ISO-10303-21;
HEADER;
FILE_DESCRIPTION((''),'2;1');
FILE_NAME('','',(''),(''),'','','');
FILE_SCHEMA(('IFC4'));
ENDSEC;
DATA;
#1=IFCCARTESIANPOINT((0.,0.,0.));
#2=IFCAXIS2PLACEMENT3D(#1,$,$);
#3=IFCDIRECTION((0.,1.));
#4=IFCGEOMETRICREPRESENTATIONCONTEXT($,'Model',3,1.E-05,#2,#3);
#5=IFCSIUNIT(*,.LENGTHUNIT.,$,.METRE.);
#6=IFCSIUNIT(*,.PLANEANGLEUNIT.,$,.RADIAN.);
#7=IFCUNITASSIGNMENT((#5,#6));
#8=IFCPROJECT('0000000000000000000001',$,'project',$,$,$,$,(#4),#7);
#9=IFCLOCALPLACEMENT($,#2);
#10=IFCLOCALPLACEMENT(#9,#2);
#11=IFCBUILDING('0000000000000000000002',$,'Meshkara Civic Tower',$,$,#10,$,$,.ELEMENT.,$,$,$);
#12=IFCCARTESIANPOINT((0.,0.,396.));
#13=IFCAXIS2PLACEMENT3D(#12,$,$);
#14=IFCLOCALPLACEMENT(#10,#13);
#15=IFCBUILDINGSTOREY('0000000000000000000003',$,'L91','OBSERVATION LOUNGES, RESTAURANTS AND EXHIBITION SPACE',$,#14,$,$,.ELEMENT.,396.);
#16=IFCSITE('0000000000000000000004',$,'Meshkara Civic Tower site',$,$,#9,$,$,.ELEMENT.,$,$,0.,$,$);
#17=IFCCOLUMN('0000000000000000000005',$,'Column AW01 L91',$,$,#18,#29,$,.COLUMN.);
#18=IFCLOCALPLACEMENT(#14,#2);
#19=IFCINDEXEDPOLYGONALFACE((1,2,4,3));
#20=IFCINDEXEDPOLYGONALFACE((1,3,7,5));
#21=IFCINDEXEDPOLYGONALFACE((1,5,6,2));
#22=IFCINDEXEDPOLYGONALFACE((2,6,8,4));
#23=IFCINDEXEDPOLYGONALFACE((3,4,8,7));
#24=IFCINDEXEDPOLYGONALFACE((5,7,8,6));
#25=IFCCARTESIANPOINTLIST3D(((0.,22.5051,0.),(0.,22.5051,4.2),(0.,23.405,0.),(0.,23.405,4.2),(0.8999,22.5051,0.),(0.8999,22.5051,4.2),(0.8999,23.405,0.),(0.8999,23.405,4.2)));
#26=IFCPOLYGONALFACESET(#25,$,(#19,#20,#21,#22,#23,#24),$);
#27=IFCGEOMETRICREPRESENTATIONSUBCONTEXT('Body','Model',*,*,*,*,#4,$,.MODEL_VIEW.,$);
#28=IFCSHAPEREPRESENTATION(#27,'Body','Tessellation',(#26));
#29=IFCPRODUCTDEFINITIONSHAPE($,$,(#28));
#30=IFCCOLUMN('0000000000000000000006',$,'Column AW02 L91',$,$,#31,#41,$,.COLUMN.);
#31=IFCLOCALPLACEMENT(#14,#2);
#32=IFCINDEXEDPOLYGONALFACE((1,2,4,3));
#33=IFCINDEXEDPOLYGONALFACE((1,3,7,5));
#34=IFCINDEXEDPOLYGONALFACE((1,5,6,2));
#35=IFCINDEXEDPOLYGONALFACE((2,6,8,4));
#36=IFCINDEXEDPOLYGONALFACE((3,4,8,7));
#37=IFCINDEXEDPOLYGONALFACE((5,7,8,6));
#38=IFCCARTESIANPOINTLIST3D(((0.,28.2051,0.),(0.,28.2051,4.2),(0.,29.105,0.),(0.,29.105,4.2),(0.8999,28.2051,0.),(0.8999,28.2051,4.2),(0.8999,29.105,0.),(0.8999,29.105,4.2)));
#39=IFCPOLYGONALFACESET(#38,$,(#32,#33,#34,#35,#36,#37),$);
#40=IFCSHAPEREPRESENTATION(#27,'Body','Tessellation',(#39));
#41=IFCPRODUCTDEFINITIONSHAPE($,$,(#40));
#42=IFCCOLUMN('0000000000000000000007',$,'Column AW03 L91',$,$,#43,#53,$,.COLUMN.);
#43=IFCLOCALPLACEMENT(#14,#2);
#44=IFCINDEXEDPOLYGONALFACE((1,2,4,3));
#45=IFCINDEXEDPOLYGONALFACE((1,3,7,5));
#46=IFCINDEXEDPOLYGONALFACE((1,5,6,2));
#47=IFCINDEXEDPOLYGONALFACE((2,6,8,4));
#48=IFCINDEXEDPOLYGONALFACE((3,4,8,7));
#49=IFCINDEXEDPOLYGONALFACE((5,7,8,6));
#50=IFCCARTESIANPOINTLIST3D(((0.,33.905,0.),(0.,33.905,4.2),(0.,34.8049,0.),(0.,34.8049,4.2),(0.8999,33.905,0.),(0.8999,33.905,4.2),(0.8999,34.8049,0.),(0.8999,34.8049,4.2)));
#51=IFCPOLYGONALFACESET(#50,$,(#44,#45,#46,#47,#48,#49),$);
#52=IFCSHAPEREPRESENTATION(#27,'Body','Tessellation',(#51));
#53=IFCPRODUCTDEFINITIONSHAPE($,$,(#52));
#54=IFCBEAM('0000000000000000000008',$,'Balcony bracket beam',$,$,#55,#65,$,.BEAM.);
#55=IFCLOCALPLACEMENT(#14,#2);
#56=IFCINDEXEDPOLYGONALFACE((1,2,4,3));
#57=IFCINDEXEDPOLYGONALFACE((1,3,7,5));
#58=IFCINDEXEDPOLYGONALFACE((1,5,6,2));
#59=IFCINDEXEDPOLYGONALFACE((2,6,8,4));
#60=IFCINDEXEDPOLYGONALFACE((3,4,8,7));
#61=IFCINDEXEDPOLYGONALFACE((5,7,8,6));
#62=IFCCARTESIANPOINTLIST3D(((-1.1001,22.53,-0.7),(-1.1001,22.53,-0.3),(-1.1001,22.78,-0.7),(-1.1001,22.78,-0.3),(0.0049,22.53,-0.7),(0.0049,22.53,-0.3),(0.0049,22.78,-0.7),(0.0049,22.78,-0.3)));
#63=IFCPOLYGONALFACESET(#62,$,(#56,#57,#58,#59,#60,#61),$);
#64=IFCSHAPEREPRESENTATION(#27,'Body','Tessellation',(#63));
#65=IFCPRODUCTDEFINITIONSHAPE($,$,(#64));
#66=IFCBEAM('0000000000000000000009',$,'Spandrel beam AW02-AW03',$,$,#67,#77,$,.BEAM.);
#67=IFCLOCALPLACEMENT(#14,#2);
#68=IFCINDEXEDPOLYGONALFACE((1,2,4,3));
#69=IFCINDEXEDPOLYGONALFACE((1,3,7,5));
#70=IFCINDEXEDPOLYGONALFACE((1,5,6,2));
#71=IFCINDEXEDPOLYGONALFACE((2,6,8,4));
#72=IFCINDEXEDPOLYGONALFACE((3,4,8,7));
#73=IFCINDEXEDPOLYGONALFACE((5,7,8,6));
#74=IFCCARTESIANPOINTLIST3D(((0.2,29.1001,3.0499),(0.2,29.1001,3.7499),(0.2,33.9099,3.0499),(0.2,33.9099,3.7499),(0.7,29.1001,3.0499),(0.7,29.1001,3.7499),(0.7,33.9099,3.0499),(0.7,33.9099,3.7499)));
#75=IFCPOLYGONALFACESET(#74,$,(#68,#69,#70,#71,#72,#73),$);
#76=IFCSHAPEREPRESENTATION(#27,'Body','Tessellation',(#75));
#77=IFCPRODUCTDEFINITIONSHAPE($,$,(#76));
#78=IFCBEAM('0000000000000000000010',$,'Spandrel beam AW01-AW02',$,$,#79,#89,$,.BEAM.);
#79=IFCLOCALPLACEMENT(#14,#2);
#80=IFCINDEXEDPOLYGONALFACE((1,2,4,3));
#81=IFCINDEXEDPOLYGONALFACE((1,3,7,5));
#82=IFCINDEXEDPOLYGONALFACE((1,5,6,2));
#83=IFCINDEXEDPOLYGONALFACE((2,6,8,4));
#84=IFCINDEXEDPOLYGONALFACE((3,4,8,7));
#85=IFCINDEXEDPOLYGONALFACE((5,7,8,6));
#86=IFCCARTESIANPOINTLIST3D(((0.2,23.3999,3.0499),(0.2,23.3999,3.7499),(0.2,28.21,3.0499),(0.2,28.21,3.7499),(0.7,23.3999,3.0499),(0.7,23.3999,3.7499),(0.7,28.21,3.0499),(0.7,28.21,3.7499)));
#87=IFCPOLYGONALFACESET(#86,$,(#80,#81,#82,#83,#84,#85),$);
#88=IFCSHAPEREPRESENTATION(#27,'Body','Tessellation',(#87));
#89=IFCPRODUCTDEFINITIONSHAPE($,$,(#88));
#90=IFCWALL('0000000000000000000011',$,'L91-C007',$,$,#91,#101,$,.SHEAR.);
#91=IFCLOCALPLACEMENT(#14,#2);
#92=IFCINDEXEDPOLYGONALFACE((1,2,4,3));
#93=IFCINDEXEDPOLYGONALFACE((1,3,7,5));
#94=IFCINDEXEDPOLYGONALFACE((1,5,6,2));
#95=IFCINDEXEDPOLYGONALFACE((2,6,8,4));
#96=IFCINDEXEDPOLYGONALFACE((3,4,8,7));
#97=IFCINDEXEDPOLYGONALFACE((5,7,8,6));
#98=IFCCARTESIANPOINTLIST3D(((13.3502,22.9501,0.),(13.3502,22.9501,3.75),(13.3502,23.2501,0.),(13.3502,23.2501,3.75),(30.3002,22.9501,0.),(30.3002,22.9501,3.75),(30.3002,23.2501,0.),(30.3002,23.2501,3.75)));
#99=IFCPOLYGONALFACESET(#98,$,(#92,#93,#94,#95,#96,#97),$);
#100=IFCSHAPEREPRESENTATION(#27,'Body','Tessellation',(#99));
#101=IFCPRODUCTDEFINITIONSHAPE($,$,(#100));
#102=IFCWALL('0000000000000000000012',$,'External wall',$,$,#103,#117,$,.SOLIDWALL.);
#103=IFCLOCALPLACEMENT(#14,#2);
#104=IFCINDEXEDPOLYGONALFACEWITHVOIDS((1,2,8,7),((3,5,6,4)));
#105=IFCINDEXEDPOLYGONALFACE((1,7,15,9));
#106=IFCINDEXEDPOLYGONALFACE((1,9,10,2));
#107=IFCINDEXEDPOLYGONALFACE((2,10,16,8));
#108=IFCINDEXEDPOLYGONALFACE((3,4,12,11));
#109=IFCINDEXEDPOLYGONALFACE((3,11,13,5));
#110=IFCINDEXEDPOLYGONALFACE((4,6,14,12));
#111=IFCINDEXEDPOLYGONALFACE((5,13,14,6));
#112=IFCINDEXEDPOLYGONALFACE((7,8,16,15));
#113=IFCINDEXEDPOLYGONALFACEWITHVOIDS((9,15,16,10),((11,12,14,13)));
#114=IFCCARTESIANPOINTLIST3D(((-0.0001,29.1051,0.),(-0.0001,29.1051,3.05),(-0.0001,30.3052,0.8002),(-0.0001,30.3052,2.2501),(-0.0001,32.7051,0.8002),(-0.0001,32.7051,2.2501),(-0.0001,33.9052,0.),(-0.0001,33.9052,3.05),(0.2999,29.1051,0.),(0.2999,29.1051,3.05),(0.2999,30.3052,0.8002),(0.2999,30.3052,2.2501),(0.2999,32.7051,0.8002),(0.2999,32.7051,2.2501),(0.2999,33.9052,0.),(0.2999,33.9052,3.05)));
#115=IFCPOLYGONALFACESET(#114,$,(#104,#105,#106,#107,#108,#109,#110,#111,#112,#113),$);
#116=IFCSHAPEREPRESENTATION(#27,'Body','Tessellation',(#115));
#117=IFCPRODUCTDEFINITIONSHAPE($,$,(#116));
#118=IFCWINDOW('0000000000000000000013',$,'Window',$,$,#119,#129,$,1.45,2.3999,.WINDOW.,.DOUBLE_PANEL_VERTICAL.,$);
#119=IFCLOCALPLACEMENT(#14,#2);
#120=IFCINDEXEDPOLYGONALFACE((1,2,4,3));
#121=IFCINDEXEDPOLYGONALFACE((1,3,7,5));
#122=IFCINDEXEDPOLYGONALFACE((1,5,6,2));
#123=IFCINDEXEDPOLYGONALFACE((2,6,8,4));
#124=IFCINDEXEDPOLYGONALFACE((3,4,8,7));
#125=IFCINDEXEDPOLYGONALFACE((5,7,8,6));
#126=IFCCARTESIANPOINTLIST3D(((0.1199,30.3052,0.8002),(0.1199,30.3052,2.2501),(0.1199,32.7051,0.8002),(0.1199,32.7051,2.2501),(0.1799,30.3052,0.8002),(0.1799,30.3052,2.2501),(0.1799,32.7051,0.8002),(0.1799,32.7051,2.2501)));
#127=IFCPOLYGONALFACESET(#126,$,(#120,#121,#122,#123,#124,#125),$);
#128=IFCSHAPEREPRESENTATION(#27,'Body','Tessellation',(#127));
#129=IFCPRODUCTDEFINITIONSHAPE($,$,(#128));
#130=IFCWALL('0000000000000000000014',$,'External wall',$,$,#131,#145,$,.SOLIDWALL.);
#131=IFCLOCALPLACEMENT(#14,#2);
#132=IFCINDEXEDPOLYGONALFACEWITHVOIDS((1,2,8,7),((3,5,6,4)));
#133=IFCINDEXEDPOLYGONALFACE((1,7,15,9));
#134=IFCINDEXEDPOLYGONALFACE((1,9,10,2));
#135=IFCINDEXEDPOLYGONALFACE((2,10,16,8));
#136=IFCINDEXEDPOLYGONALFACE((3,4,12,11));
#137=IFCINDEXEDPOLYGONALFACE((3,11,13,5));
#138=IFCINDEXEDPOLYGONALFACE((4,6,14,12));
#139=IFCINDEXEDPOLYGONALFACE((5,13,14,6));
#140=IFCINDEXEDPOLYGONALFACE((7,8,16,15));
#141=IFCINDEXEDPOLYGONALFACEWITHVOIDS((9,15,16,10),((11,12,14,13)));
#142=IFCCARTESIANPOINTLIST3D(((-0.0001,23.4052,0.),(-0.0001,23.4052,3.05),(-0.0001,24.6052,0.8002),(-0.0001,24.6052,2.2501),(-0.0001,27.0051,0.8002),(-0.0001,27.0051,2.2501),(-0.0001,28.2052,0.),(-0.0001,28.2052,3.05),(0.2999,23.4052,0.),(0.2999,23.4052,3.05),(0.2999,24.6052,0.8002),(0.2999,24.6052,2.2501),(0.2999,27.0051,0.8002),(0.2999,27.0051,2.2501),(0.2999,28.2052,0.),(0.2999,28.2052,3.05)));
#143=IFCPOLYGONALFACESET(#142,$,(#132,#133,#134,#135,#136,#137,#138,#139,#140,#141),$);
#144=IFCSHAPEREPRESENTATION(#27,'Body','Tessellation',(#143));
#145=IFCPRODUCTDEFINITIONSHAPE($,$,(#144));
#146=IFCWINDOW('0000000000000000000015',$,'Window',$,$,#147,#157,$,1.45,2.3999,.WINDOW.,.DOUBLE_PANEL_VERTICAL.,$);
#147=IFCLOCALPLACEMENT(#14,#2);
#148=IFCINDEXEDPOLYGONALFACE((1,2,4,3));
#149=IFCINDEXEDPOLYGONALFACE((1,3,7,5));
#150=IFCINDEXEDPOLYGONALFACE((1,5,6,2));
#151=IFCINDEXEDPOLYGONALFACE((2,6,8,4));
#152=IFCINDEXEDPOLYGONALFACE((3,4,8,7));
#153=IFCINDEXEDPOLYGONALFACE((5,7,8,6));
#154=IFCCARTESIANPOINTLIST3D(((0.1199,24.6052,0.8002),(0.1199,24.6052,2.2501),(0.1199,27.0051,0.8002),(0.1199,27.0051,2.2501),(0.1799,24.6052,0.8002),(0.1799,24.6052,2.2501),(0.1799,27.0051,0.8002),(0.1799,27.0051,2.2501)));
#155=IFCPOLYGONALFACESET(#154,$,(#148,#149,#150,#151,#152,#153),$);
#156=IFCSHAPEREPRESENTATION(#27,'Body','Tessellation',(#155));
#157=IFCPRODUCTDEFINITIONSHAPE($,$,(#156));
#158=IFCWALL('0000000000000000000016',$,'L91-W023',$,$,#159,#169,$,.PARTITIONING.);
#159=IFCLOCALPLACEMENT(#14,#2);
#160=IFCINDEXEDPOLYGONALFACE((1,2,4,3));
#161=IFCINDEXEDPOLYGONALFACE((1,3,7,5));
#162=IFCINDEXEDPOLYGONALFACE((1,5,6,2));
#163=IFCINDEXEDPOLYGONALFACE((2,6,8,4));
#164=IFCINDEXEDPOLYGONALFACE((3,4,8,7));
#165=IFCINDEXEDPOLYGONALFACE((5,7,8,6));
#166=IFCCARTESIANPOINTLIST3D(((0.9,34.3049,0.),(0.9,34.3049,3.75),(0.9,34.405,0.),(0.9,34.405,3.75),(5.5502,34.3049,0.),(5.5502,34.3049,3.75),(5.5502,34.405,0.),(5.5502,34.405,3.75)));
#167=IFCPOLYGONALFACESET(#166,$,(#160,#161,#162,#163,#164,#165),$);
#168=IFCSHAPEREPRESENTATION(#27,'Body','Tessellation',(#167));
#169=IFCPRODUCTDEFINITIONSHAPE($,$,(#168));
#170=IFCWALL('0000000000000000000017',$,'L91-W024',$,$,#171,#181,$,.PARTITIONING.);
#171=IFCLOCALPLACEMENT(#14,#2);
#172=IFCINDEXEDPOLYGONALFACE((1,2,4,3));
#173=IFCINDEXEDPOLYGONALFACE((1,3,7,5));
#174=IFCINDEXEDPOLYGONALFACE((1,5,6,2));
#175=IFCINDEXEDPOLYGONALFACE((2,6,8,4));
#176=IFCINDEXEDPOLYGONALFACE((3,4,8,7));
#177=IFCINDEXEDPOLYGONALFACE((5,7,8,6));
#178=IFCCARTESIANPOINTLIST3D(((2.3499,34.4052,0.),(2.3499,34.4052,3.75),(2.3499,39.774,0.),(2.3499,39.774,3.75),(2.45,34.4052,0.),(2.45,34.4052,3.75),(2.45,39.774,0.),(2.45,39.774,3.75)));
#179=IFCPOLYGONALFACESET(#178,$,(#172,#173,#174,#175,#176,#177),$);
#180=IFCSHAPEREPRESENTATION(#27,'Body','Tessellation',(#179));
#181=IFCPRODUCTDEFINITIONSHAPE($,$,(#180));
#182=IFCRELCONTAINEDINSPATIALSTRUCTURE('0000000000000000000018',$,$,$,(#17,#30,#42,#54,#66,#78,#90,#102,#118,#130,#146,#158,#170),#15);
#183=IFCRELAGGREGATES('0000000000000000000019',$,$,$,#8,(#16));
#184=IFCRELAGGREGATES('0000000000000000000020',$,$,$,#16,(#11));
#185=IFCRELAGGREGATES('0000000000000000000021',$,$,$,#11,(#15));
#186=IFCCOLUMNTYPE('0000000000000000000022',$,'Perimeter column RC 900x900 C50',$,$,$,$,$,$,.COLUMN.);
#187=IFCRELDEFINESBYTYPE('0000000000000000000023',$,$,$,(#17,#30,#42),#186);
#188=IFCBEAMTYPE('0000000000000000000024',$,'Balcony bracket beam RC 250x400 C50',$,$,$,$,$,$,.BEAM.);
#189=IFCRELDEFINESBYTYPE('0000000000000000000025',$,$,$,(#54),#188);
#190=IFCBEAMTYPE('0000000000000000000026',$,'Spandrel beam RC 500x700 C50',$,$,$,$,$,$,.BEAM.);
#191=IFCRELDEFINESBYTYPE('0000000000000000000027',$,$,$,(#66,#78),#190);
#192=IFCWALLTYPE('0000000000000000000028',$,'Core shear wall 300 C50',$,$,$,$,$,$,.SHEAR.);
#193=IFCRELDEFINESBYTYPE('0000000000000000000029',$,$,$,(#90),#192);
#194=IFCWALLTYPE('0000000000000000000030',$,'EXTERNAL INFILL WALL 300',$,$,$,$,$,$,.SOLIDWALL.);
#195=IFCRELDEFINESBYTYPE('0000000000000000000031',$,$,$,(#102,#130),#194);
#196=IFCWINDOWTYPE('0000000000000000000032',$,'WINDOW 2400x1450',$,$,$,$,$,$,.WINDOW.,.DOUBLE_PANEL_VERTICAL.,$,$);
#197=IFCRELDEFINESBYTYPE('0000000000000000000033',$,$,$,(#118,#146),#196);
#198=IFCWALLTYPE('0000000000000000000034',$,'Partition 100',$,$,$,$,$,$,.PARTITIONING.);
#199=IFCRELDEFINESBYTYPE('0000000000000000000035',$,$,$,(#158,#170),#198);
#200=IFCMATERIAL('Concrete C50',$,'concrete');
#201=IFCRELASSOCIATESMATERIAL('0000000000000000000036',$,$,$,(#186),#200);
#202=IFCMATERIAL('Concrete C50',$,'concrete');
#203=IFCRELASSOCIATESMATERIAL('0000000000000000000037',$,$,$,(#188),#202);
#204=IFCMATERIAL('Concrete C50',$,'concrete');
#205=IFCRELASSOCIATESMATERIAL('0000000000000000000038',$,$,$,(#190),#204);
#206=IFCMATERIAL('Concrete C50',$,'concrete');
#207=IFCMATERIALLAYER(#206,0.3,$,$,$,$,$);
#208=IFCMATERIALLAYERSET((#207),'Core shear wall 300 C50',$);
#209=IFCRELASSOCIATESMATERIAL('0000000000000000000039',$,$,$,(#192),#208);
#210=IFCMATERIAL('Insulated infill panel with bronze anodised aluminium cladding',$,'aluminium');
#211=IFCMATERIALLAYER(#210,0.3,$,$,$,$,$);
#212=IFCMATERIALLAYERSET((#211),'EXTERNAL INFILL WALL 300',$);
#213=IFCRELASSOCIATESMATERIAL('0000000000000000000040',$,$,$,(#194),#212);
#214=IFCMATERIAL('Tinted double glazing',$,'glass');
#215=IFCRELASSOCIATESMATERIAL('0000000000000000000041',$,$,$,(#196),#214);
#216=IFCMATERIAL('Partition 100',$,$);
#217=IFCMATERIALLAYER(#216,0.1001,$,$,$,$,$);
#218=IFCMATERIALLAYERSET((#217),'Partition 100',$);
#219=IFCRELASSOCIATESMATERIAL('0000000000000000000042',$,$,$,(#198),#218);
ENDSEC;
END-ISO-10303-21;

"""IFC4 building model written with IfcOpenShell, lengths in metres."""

from ifc_helpers import new_model, si_unit, direction, frame, frame_2d, origin, origin_2d, place, context, subcontext, project, spatial, rectangle, extrude, material, layer, layer_set, material_profile, profile_set, type_object, element, fill, save


model = new_model("IFC4")

# Units and contexts
model_context = context("Model", 3, precision=1e-05, world=origin(), true_north=direction((0.0, 1.0)))
body_context = subcontext(model_context, "Body", "Model", "MODEL_VIEW")
ifc_project = project(units=[si_unit("LENGTHUNIT", "METRE"), si_unit("PLANEANGLEUNIT", "RADIAN")], contexts=[model_context])

# Site, building, storey
site_placement = place(None, origin())
site = spatial("IfcSite", under=ifc_project, at=site_placement, Name="Meshkara Civic Tower site", CompositionType="ELEMENT", RefElevation=0.0)
building_placement = place(site_placement, origin())
building = spatial("IfcBuilding", under=site, at=building_placement, Name="Meshkara Civic Tower", CompositionType="ELEMENT")
storey_placement = place(building_placement, frame((0.0, 0.0, 396.0)))
storey = spatial("IfcBuildingStorey", under=building, at=storey_placement, Name="L91", Description="OBSERVATION LOUNGES, RESTAURANTS AND EXHIBITION SPACE", CompositionType="ELEMENT", Elevation=396.0)

# Columns
ifc_material_1 = material(Name="Concrete C50", Category="concrete")
ifc_material_profile_1 = material_profile(ifc_material_1, rectangle(XDim=0.8999, YDim=0.8999, at=origin_2d()))
ifc_profile_set_1 = profile_set([ifc_material_profile_1], Name="Concrete C50")
column_type = type_object("IfcColumnType", Name="Perimeter column RC 900x900 C50", PredefinedType="COLUMN", material=ifc_profile_set_1)
for number, where, z_axis, x_axis, name in (
    (1, (0.45, 22.9551, 0.0), (0.0, 0.0, 1.0), (1.0, 0.0, 0.0), "Column AW01 L91"),
    (2, (0.45, 28.655, 0.0), (0.0, 0.0, 1.0), (1.0, 0.0, 0.0), "Column AW02 L91"),
    (3, (0.45, 34.355, 0.0), (0.0, 0.0, 1.0), (1.0, 0.0, 0.0), "Column AW03 L91"),
):
    element("IfcColumn", number, at=place(storey_placement, frame(where, z_axis=z_axis, x_axis=x_axis)), inside=storey, type_object=column_type, Name=name, PredefinedType="COLUMN", context=body_context, shape_type="SweptSolid", body=[
        extrude(rectangle(XDim=0.8999, YDim=0.8999, at=origin_2d()), origin(), (0.0, 0.0, 1.0), 4.2),
    ])

# Beams
ifc_material_2 = material(Name="Concrete C50", Category="concrete")
ifc_material_profile_2 = material_profile(ifc_material_2, rectangle(XDim=0.25, YDim=0.3999, at=origin_2d()))
ifc_profile_set_2 = profile_set([ifc_material_profile_2], Name="Concrete C50")
beam_type_1 = type_object("IfcBeamType", Name="Balcony bracket beam RC 250x400 C50", PredefinedType="BEAM", material=ifc_profile_set_2)
beam_1_placement = place(storey_placement, frame((0.0049, 22.655, -0.5), z_axis=(-1.0, 0.0, 0.0), x_axis=(0.0, -1.0, 0.0)))
element("IfcBeam", 4, at=beam_1_placement, inside=storey, type_object=beam_type_1, Name="Balcony bracket beam", PredefinedType="BEAM", context=body_context, shape_type="SweptSolid", body=[
    extrude(rectangle(XDim=0.25, YDim=0.3999, at=origin_2d()), origin(), (0.0, 0.0, 1.0), 1.105),
])
ifc_material_3 = material(Name="Concrete C50", Category="concrete")
ifc_material_profile_3 = material_profile(ifc_material_3, rectangle(XDim=0.5, YDim=0.7, at=origin_2d()))
ifc_profile_set_3 = profile_set([ifc_material_profile_3], Name="Concrete C50")
beam_type_2 = type_object("IfcBeamType", Name="Spandrel beam RC 500x700 C50", PredefinedType="BEAM", material=ifc_profile_set_3)
beam_2_placement = place(storey_placement, frame((0.45, 33.9099, 3.3999), z_axis=(0.0, -1.0, 0.0), x_axis=(1.0, 0.0, 0.0)))
element("IfcBeam", 5, at=beam_2_placement, inside=storey, type_object=beam_type_2, Name="Spandrel beam AW02-AW03", PredefinedType="BEAM", context=body_context, shape_type="SweptSolid", body=[
    extrude(rectangle(XDim=0.5, YDim=0.7, at=origin_2d()), origin(), (0.0, 0.0, 1.0), 4.8098),
])
beam_3_placement = place(storey_placement, frame((0.45, 28.21, 3.3999), z_axis=(0.0, -1.0, 0.0), x_axis=(1.0, 0.0, 0.0)))
element("IfcBeam", 6, at=beam_3_placement, inside=storey, type_object=beam_type_2, Name="Spandrel beam AW01-AW02", PredefinedType="BEAM", context=body_context, shape_type="SweptSolid", body=[
    extrude(rectangle(XDim=0.5, YDim=0.7, at=origin_2d()), origin(), (0.0, 0.0, 1.0), 4.8101),
])

# Wall
ifc_material_4 = material(Name="Concrete C50", Category="concrete")
ifc_layer_1 = layer(ifc_material_4, 0.3)
ifc_layer_set_1 = layer_set([ifc_layer_1], Name="Core shear wall 300 C50")
wall_type_1 = type_object("IfcWallType", Name="Core shear wall 300 C50", PredefinedType="SHEAR", material=ifc_layer_set_1)
wall_1_placement = place(storey_placement, frame((13.3501, 23.1001, 0.0), z_axis=(0.0, 0.0, 1.0), x_axis=(1.0, 0.0, 0.0)))
element("IfcWall", 7, at=wall_1_placement, inside=storey, type_object=wall_type_1, Name="L91-C007", PredefinedType="SHEAR", context=body_context, shape_type="SweptSolid", body=[
    extrude(rectangle(XDim=16.95, YDim=0.3, at=frame_2d((8.4751, 0.0))), origin(), (0.0, 0.0, 1.0), 3.75),
])

# Walls, openings, windows
ifc_material_5 = material(Name="Insulated infill panel with bronze anodised aluminium cladding", Category="aluminium")
ifc_layer_2 = layer(ifc_material_5, 0.3)
ifc_layer_set_2 = layer_set([ifc_layer_2], Name="EXTERNAL INFILL WALL 300")
wall_type_2 = type_object("IfcWallType", Name="EXTERNAL INFILL WALL 300", PredefinedType="SOLIDWALL", material=ifc_layer_set_2)
wall_2_placement = place(storey_placement, frame((0.1499, 33.905, 0.0), z_axis=(0.0, 0.0, 1.0), x_axis=(0.0, -1.0, 0.0)))
wall_2 = element("IfcWall", 8, at=wall_2_placement, inside=storey, type_object=wall_type_2, Name="External wall", PredefinedType="SOLIDWALL", context=body_context, shape_type="SweptSolid", body=[
    extrude(rectangle(XDim=4.8, YDim=0.3, at=frame_2d((2.3999, 0.0))), origin(), (0.0, 0.0, 1.0), 3.05),
])
opening_1_placement = place(wall_2_placement, frame((1.2, 0.0, 0.8)))
opening_1 = element("IfcOpeningElement", 9, at=opening_1_placement, cuts=wall_2, PredefinedType="OPENING", context=body_context, shape_type="SweptSolid", body=[
    extrude(rectangle(XDim=2.3999, YDim=1.45, at=frame_2d((1.2, 0.7251))), frame((0.0, 0.1599, 0.0), z_axis=(0.0, -1.0, 0.0), x_axis=(1.0, 0.0, 0.0)), (0.0, 0.0, 1.0), 0.3201),
])
ifc_material_6 = material(Name="Tinted double glazing", Category="glass")
window_type = type_object("IfcWindowType", Name="WINDOW 2400x1450", PartitioningType="DOUBLE_PANEL_VERTICAL", PredefinedType="WINDOW", material=ifc_material_6)
window_1_placement = place(opening_1_placement, origin())
window_1 = element("IfcWindow", 10, at=window_1_placement, inside=storey, type_object=window_type, Name="Window", OverallHeight=1.45, OverallWidth=2.3999, PartitioningType="DOUBLE_PANEL_VERTICAL", PredefinedType="WINDOW", context=body_context, shape_type="SweptSolid", body=[
    extrude(rectangle(XDim=2.3999, YDim=1.45, at=frame_2d((1.2, 0.7251))), frame((0.0, 0.03, 0.0), z_axis=(0.0, -1.0, 0.0), x_axis=(1.0, 0.0, 0.0)), (0.0, 0.0, 1.0), 0.0601),
])
fill(opening_1, window_1)
wall_3_placement = place(storey_placement, frame((0.1499, 28.2051, 0.0), z_axis=(0.0, 0.0, 1.0), x_axis=(0.0, -1.0, 0.0)))
wall_3 = element("IfcWall", 11, at=wall_3_placement, inside=storey, type_object=wall_type_2, Name="External wall", PredefinedType="SOLIDWALL", context=body_context, shape_type="SweptSolid", body=[
    extrude(rectangle(XDim=4.8, YDim=0.3, at=frame_2d((2.3999, 0.0))), origin(), (0.0, 0.0, 1.0), 3.05),
])
opening_2_placement = place(wall_3_placement, frame((1.2, 0.0, 0.8)))
opening_2 = element("IfcOpeningElement", 12, at=opening_2_placement, cuts=wall_3, PredefinedType="OPENING", context=body_context, shape_type="SweptSolid", body=[
    extrude(rectangle(XDim=2.3999, YDim=1.45, at=frame_2d((1.2, 0.7251))), frame((0.0, 0.1599, 0.0), z_axis=(0.0, -1.0, 0.0), x_axis=(1.0, 0.0, 0.0)), (0.0, 0.0, 1.0), 0.3201),
])
window_2_placement = place(opening_2_placement, origin())
window_2 = element("IfcWindow", 13, at=window_2_placement, inside=storey, type_object=window_type, Name="Window", OverallHeight=1.45, OverallWidth=2.3999, PartitioningType="DOUBLE_PANEL_VERTICAL", PredefinedType="WINDOW", context=body_context, shape_type="SweptSolid", body=[
    extrude(rectangle(XDim=2.3999, YDim=1.45, at=frame_2d((1.2, 0.7251))), frame((0.0, 0.03, 0.0), z_axis=(0.0, -1.0, 0.0), x_axis=(1.0, 0.0, 0.0)), (0.0, 0.0, 1.0), 0.0601),
])
fill(opening_2, window_2)

# Walls
ifc_material_7 = material(Name="Partition 100")
ifc_layer_3 = layer(ifc_material_7, 0.1001)
ifc_layer_set_3 = layer_set([ifc_layer_3], Name="Partition 100")
wall_type_3 = type_object("IfcWallType", Name="Partition 100", PredefinedType="PARTITIONING", material=ifc_layer_set_3)
wall_4_placement = place(storey_placement, frame((0.8999, 34.355, 0.0), z_axis=(0.0, 0.0, 1.0), x_axis=(1.0, 0.0, 0.0)))
element("IfcWall", 14, at=wall_4_placement, inside=storey, type_object=wall_type_3, Name="L91-W023", PredefinedType="PARTITIONING", context=body_context, shape_type="SweptSolid", body=[
    extrude(rectangle(XDim=4.6501, YDim=0.1001, at=frame_2d((2.3252, 0.0))), origin(), (0.0, 0.0, 1.0), 3.75),
])
wall_5_placement = place(storey_placement, frame((2.3999, 34.405, 0.0), z_axis=(0.0, 0.0, 1.0), x_axis=(0.0, 1.0, 0.0)))
element("IfcWall", 15, at=wall_5_placement, inside=storey, type_object=wall_type_3, Name="L91-W024", PredefinedType="PARTITIONING", context=body_context, shape_type="SweptSolid", body=[
    extrude(rectangle(XDim=5.3689, YDim=0.1001, at=frame_2d((2.6846, 0.0))), origin(), (0.0, 0.0, 1.0), 3.75),
])

save(model, "model.ifc")
